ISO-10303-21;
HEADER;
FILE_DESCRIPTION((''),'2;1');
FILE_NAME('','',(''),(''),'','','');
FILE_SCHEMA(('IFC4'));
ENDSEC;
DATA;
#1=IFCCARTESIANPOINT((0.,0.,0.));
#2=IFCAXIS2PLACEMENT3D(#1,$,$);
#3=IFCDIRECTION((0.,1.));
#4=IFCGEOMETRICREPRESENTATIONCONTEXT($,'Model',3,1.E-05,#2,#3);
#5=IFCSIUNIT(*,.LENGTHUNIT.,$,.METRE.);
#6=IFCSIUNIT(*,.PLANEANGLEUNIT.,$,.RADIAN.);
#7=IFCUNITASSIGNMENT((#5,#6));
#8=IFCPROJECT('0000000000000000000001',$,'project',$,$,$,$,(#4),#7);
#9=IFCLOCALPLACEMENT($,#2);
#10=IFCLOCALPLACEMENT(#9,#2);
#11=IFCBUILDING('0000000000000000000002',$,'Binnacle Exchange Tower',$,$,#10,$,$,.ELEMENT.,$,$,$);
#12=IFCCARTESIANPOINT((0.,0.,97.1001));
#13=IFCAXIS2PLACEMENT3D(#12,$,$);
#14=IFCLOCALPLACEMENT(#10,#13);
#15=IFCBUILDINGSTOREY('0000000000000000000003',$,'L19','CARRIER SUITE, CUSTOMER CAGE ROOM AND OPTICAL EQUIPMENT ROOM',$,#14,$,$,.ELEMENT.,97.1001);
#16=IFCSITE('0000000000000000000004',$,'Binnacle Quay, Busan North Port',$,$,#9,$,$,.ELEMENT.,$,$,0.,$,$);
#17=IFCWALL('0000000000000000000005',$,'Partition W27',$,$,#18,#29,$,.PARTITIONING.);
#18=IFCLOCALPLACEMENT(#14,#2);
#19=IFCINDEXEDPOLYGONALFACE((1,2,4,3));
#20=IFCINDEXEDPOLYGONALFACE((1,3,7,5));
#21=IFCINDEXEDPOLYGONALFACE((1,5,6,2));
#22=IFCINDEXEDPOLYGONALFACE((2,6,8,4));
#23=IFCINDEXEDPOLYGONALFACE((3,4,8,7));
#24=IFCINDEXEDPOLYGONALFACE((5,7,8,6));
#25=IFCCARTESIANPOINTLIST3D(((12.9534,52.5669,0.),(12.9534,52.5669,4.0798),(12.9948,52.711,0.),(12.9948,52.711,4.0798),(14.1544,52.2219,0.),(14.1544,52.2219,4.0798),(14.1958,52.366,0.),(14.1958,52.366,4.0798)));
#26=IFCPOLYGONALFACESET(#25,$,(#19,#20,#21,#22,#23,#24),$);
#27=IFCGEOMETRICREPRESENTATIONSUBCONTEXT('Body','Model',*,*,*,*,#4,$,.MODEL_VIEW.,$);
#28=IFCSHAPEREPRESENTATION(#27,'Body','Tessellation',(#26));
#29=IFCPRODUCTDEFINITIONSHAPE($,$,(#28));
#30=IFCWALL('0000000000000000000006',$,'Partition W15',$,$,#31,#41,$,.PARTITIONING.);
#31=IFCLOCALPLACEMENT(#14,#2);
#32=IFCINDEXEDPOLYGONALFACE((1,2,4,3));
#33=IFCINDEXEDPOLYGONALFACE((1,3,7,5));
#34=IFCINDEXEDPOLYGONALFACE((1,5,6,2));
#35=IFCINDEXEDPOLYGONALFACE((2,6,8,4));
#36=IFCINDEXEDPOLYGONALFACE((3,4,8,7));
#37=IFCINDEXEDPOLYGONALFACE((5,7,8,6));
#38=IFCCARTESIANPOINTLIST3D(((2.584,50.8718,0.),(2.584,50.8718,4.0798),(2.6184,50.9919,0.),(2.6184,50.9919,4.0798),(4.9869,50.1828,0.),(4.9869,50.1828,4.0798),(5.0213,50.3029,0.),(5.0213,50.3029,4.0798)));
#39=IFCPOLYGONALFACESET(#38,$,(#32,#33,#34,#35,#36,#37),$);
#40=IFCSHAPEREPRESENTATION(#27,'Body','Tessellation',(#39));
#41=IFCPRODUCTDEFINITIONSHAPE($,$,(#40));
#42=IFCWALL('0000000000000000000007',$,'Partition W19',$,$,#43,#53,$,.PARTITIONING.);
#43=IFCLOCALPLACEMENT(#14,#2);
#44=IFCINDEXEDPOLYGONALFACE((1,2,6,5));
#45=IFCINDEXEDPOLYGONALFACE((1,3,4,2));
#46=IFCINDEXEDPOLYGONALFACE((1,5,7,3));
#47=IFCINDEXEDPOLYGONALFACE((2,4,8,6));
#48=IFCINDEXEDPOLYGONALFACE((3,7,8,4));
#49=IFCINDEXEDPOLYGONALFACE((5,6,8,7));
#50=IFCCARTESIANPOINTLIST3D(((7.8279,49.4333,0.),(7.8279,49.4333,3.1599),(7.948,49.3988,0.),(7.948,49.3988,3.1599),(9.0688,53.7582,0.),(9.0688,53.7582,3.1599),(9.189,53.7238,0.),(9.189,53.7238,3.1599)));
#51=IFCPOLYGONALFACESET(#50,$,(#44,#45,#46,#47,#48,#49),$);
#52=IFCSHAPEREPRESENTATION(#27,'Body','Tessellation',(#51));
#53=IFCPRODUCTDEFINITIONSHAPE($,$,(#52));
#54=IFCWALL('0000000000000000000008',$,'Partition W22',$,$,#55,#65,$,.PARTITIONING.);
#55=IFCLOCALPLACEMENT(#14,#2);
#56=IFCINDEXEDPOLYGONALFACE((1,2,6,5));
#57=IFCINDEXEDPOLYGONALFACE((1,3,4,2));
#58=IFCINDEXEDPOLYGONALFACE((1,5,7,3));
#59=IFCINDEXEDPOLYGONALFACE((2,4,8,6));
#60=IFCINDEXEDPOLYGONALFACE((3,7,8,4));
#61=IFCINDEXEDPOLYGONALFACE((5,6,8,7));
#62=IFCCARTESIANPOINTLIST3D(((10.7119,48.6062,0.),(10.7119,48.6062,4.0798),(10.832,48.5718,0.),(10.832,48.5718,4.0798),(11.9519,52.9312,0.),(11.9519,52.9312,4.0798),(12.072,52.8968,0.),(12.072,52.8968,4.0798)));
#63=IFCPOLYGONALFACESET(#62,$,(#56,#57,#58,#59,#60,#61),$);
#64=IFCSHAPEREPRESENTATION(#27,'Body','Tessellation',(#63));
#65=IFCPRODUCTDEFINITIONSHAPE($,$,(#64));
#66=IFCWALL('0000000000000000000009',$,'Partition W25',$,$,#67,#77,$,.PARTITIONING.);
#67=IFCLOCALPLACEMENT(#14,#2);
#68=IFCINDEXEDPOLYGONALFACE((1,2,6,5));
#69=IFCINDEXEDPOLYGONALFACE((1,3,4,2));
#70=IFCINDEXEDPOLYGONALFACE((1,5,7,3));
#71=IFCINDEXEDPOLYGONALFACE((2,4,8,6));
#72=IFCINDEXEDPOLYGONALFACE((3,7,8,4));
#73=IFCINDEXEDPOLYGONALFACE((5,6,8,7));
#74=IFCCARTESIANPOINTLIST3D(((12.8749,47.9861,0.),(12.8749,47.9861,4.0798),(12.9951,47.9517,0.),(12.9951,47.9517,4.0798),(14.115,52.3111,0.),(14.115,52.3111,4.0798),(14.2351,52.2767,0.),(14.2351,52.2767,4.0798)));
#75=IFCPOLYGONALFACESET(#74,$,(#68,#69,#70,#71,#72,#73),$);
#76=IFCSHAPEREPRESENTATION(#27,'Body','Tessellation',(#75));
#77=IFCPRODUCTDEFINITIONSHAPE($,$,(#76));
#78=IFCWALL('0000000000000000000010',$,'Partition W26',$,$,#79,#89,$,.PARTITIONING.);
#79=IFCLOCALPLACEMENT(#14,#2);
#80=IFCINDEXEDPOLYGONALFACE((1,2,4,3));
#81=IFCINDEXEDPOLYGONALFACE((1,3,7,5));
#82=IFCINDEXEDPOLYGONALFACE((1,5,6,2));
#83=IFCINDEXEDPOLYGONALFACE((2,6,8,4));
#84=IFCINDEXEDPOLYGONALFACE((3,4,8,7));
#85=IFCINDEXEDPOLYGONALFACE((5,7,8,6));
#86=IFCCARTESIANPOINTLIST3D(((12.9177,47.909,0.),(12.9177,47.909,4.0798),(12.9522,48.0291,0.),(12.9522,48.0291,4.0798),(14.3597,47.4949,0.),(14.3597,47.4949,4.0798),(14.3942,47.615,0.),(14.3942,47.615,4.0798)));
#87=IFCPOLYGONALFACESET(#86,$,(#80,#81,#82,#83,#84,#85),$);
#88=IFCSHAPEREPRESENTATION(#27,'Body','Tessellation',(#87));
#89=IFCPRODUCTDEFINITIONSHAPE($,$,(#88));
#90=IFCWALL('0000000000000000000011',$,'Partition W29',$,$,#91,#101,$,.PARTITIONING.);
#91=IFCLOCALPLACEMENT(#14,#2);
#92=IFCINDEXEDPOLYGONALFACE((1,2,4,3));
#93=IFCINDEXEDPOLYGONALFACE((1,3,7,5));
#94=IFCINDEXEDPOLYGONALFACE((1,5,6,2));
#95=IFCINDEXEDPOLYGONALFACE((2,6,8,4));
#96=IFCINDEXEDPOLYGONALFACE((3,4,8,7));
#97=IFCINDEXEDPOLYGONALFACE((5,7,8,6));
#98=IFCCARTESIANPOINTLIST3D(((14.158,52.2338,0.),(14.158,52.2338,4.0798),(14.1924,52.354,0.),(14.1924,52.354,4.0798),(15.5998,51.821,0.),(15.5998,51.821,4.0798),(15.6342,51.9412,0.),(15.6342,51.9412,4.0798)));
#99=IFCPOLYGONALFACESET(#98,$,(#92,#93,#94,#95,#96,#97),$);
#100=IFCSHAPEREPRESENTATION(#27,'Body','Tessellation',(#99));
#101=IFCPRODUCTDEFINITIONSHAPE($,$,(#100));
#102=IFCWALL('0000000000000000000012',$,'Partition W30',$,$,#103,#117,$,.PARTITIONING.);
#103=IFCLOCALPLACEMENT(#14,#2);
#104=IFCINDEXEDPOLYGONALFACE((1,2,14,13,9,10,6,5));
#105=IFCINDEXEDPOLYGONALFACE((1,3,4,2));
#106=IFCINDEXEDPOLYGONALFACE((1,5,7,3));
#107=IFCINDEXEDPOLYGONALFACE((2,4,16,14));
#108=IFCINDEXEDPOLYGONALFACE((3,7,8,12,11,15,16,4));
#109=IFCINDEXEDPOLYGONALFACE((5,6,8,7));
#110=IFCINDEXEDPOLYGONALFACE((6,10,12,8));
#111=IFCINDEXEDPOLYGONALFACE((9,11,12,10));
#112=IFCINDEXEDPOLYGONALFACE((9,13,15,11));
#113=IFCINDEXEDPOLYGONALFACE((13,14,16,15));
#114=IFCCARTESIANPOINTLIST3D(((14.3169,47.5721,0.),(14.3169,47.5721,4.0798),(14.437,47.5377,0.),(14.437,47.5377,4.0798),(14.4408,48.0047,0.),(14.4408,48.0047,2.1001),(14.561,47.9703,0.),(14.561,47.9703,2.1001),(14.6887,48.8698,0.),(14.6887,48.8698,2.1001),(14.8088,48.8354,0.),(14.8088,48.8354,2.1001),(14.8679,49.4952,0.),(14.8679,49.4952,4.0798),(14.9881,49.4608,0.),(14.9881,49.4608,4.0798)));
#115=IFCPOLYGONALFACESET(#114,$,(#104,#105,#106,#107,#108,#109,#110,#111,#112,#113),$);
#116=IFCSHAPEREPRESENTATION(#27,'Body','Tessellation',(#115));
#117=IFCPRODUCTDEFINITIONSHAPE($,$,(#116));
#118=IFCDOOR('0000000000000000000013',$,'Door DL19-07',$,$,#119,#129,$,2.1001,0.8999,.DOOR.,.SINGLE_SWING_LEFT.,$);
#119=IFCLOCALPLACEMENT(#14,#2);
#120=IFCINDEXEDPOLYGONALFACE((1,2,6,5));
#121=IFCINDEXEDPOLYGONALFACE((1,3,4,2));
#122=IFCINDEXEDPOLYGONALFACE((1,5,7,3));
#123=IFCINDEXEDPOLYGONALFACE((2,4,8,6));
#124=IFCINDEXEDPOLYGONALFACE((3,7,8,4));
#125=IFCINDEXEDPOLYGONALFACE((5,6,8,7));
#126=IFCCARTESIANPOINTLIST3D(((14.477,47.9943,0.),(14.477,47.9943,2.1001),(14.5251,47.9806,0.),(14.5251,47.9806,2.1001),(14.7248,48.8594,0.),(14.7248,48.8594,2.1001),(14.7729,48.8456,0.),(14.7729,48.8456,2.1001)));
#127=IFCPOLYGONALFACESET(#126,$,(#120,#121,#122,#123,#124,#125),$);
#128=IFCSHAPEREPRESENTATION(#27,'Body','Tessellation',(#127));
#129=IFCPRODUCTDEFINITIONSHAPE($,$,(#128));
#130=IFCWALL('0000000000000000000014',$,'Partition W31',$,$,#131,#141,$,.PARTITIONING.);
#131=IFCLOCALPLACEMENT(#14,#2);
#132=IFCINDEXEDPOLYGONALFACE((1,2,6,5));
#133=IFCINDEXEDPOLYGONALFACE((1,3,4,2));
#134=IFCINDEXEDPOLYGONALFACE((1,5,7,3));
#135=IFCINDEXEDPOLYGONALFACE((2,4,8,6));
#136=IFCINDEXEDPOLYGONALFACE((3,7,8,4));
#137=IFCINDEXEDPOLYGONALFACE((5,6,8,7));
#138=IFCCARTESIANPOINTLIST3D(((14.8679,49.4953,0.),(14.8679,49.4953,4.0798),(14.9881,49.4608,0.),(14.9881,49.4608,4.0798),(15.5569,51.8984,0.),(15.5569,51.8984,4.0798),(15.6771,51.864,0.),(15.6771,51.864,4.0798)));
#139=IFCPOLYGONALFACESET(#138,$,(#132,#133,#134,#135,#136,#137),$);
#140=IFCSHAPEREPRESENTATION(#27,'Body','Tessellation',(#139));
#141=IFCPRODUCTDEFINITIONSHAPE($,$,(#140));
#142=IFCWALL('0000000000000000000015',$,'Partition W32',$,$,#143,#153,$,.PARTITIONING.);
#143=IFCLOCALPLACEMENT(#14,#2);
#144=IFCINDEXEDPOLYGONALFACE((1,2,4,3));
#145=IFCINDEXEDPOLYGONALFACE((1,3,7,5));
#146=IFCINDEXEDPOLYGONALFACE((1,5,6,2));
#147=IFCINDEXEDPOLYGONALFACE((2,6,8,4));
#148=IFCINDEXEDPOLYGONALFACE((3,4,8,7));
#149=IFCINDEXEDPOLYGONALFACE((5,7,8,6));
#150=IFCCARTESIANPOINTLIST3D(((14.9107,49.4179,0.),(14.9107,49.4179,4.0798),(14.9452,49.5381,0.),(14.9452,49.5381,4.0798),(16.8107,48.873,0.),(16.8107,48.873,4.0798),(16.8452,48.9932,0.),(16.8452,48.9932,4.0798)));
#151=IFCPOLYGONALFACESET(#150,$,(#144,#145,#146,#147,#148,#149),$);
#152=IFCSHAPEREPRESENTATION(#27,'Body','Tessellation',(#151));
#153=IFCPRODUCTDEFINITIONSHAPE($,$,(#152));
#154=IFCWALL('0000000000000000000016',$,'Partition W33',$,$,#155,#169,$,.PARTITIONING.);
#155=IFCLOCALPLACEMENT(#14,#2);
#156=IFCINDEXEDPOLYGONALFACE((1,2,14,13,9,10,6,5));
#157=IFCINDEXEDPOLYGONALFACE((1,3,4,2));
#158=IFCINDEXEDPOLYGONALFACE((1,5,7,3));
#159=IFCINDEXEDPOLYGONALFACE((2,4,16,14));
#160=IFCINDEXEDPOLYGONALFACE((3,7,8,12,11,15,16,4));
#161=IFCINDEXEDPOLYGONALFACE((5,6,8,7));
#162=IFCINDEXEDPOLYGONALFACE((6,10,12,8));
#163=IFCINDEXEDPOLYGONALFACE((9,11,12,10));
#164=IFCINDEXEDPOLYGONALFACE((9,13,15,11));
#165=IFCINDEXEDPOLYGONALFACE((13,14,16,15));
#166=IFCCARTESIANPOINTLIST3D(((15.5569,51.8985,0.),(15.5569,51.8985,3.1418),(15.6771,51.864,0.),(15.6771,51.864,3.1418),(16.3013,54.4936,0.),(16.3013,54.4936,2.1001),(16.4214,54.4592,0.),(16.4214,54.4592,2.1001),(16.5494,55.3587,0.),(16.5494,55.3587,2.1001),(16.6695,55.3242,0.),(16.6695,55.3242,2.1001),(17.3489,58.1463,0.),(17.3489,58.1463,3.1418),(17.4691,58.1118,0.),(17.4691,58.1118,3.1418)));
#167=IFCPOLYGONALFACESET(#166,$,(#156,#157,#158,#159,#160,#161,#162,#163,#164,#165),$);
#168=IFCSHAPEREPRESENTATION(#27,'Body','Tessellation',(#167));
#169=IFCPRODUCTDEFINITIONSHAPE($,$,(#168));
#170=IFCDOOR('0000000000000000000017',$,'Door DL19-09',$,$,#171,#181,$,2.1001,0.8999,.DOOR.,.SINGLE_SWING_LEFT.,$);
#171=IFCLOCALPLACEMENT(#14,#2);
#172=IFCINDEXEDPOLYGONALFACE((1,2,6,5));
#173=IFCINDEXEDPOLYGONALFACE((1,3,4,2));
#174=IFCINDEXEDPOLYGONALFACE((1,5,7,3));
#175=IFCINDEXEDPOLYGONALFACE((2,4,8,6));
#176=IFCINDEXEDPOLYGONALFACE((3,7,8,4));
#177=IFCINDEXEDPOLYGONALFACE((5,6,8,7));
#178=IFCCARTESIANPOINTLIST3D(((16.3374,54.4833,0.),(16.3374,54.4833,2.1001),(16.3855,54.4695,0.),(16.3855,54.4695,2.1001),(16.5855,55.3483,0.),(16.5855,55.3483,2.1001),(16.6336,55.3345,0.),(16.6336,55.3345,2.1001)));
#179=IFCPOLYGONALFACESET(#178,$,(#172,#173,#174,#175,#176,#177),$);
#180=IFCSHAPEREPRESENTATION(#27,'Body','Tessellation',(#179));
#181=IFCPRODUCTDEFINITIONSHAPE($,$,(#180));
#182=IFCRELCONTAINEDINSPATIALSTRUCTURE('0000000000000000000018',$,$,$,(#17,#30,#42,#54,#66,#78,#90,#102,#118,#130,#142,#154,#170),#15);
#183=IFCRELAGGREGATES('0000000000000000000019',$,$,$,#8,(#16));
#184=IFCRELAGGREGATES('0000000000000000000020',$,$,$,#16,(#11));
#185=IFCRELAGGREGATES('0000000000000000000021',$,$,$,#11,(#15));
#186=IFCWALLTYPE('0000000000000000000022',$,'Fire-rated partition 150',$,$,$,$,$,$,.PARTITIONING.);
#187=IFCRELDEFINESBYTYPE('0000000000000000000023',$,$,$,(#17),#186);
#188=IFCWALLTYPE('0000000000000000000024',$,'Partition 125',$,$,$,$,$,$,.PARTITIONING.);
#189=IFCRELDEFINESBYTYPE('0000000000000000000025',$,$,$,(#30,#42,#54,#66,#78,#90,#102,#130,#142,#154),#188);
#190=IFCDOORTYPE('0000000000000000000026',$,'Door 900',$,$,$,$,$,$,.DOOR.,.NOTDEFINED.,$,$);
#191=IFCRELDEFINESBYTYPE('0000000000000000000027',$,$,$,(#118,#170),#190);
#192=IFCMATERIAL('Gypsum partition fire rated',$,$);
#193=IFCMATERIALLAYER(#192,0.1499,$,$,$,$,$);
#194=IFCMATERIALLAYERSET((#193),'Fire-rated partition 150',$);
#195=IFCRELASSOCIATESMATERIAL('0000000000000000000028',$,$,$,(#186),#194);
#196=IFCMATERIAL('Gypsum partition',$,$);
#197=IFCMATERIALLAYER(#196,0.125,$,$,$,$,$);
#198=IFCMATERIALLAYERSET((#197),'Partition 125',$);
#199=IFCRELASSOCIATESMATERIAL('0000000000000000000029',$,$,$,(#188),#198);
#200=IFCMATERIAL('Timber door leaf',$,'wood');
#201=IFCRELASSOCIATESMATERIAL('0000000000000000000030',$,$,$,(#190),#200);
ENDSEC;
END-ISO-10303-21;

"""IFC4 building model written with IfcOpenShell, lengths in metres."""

from ifc_helpers import new_model, si_unit, direction, frame, frame_2d, origin, place, context, subcontext, project, spatial, rectangle, extrude, material, layer, layer_set, type_object, element, fill, save


model = new_model("IFC4")

# Units and contexts
model_context = context("Model", 3, precision=1e-05, world=origin(), true_north=direction((0.0, 1.0)))
body_context = subcontext(model_context, "Body", "Model", "MODEL_VIEW")
ifc_project = project(units=[si_unit("LENGTHUNIT", "METRE"), si_unit("PLANEANGLEUNIT", "RADIAN")], contexts=[model_context])

# Site, building, storey
site_placement = place(None, origin())
site = spatial("IfcSite", under=ifc_project, at=site_placement, Name="Binnacle Quay, Busan North Port", CompositionType="ELEMENT", RefElevation=0.0)
building_placement = place(site_placement, origin())
building = spatial("IfcBuilding", under=site, at=building_placement, Name="Binnacle Exchange Tower", CompositionType="ELEMENT")
storey_placement = place(building_placement, frame((0.0, 0.0, 97.1001)))
storey = spatial("IfcBuildingStorey", under=building, at=storey_placement, Name="L19", Description="CARRIER SUITE, CUSTOMER CAGE ROOM AND OPTICAL EQUIPMENT ROOM", CompositionType="ELEMENT", Elevation=97.1001)

# Shared definitions
ifc_material_1 = material(Name="Gypsum partition fire rated")
ifc_layer_1 = layer(ifc_material_1, 0.1499)
ifc_layer_set_1 = layer_set([ifc_layer_1], Name="Fire-rated partition 150")
wall_type_1 = type_object("IfcWallType", Name="Fire-rated partition 150", PredefinedType="PARTITIONING", material=ifc_layer_set_1)

# Walls
wall_1_placement = place(storey_placement, frame((12.9741, 52.6389, 0.0), z_axis=(0.0, 0.0, 1.0), x_axis=(0.961132, -0.276089, 0.0)))
element("IfcWall", 1, at=wall_1_placement, inside=storey, type_object=wall_type_1, Name="Partition W27", PredefinedType="PARTITIONING", context=body_context, shape_type="SweptSolid", body=[
    extrude(rectangle(XDim=1.2495, YDim=0.1499, at=frame_2d((0.6248, 0.0))), origin(), (0.0, 0.0, 1.0), 4.0798),
])
ifc_material_2 = material(Name="Gypsum partition")
ifc_layer_2 = layer(ifc_material_2, 0.125)
ifc_layer_set_2 = layer_set([ifc_layer_2], Name="Partition 125")
wall_type_2 = type_object("IfcWallType", Name="Partition 125", PredefinedType="PARTITIONING", material=ifc_layer_set_2)
wall_2_placement = place(storey_placement, frame((2.6011, 50.9319, 0.0), z_axis=(0.0, 0.0, 1.0), x_axis=(0.961266, -0.275624, 0.0)))
element("IfcWall", 2, at=wall_2_placement, inside=storey, type_object=wall_type_2, Name="Partition W15", PredefinedType="PARTITIONING", context=body_context, shape_type="SweptSolid", body=[
    extrude(rectangle(XDim=2.4998, YDim=0.125, at=frame_2d((1.25, 0.0))), origin(), (0.0, 0.0, 1.0), 4.0798),
])
wall_3_placement = place(storey_placement, frame((7.8879, 49.416, 0.0), z_axis=(0.0, 0.0, 1.0), x_axis=(0.275803, 0.961214, 0.0)))
element("IfcWall", 3, at=wall_3_placement, inside=storey, type_object=wall_type_2, Name="Partition W19", PredefinedType="PARTITIONING", context=body_context, shape_type="SweptSolid", body=[
    extrude(rectangle(XDim=4.4995, YDim=0.125, at=frame_2d((2.2498, 0.0))), origin(), (0.0, 0.0, 1.0), 3.1599),
])
for number, where, z_axis, x_axis, name in (
    (4, (10.772, 48.5891, 0.0), (0.0, 0.0, 1.0), (0.275603, 0.961272, 0.0), "Partition W22"),
    (5, (12.9351, 47.969, 0.0), (0.0, 0.0, 1.0), (0.275603, 0.961272, 0.0), "Partition W25"),
):
    element("IfcWall", number, at=place(storey_placement, frame(where, z_axis=z_axis, x_axis=x_axis)), inside=storey, type_object=wall_type_2, Name=name, PredefinedType="PARTITIONING", context=body_context, shape_type="SweptSolid", body=[
        extrude(rectangle(XDim=4.4993, YDim=0.125, at=frame_2d((2.2495, 0.0))), origin(), (0.0, 0.0, 1.0), 4.0798),
    ])
wall_4_placement = place(storey_placement, frame((12.9351, 47.969, 0.0), z_axis=(0.0, 0.0, 1.0), x_axis=(0.961155, -0.276011, 0.0)))
element("IfcWall", 6, at=wall_4_placement, inside=storey, type_object=wall_type_2, Name="Partition W26", PredefinedType="PARTITIONING", context=body_context, shape_type="SweptSolid", body=[
    extrude(rectangle(XDim=1.5002, YDim=0.125, at=frame_2d((0.75, 0.0))), origin(), (0.0, 0.0, 1.0), 4.0798),
])
wall_5_placement = place(storey_placement, frame((14.175, 52.2939, 0.0), z_axis=(0.0, 0.0, 1.0), x_axis=(0.96137, -0.275259, 0.0)))
element("IfcWall", 7, at=wall_5_placement, inside=storey, type_object=wall_type_2, Name="Partition W29", PredefinedType="PARTITIONING", context=body_context, shape_type="SweptSolid", body=[
    extrude(rectangle(XDim=1.4998, YDim=0.125, at=frame_2d((0.75, 0.0))), origin(), (0.0, 0.0, 1.0), 4.0798),
])

# Wall, opening, door
wall_6_placement = place(storey_placement, frame((14.377, 47.5549, 0.0), z_axis=(0.0, 0.0, 1.0), x_axis=(0.275446, 0.961316, 0.0)))
wall_6 = element("IfcWall", 8, at=wall_6_placement, inside=storey, type_object=wall_type_2, Name="Partition W30", PredefinedType="PARTITIONING", context=body_context, shape_type="SweptSolid", body=[
    extrude(rectangle(XDim=2.0005, YDim=0.125, at=frame_2d((1.0002, 0.0))), origin(), (0.0, 0.0, 1.0), 4.0798),
])
opening_1_placement = place(wall_6_placement, frame((0.45, 0.0, 0.0)))
opening_1 = element("IfcOpeningElement", 9, at=opening_1_placement, cuts=wall_6, PredefinedType="OPENING", context=body_context, shape_type="SweptSolid", body=[
    extrude(rectangle(XDim=0.8999, YDim=2.1001, at=frame_2d((0.45, 1.05))), frame((0.0, 0.0725, 0.0), z_axis=(0.0, -1.0, 0.0), x_axis=(1.0, 0.0, 0.0)), (0.0, 0.0, 1.0), 0.145),
])
ifc_material_3 = material(Name="Timber door leaf", Category="wood")
door_type_1 = type_object("IfcDoorType", Name="Door 900", OperationType="NOTDEFINED", PredefinedType="DOOR", material=ifc_material_3)
door_1_placement = place(opening_1_placement, origin())
door_1 = element("IfcDoor", 10, at=door_1_placement, inside=storey, type_object=door_type_1, Name="Door DL19-07", OperationType="SINGLE_SWING_LEFT", OverallHeight=2.1001, OverallWidth=0.8999, PredefinedType="DOOR", context=body_context, shape_type="SweptSolid", body=[
    extrude(rectangle(XDim=0.8999, YDim=2.1001, at=frame_2d((0.45, 1.05))), frame((0.0, 0.0249, 0.0), z_axis=(0.0, -1.0, 0.0), x_axis=(1.0, 0.0, 0.0)), (0.0, 0.0, 1.0), 0.05),
])
fill(opening_1, door_1)

# Walls
wall_7_placement = place(storey_placement, frame((14.928, 49.478, 0.0), z_axis=(0.0, 0.0, 1.0), x_axis=(0.275598, 0.961273, 0.0)))
element("IfcWall", 11, at=wall_7_placement, inside=storey, type_object=wall_type_2, Name="Partition W31", PredefinedType="PARTITIONING", context=body_context, shape_type="SweptSolid", body=[
    extrude(rectangle(XDim=2.5, YDim=0.125, at=frame_2d((1.25, 0.0))), origin(), (0.0, 0.0, 1.0), 4.0798),
])
wall_8_placement = place(storey_placement, frame((14.928, 49.478, 0.0), z_axis=(0.0, 0.0, 1.0), x_axis=(0.961244, -0.2757, 0.0)))
element("IfcWall", 12, at=wall_8_placement, inside=storey, type_object=wall_type_2, Name="Partition W32", PredefinedType="PARTITIONING", context=body_context, shape_type="SweptSolid", body=[
    extrude(rectangle(XDim=1.9766, YDim=0.125, at=frame_2d((0.9883, 0.0))), origin(), (0.0, 0.0, 1.0), 4.0798),
])

# Wall, opening, door
wall_9_placement = place(storey_placement, frame((15.6169, 51.8811, 0.0), z_axis=(0.0, 0.0, 1.0), x_axis=(0.275703, 0.961243, 0.0)))
wall_9 = element("IfcWall", 13, at=wall_9_placement, inside=storey, type_object=wall_type_2, Name="Partition W33", PredefinedType="PARTITIONING", context=body_context, shape_type="SweptSolid", body=[
    extrude(rectangle(XDim=6.4998, YDim=0.125, at=frame_2d((3.25, 0.0))), origin(), (0.0, 0.0, 1.0), 3.1418),
])
opening_2_placement = place(wall_9_placement, frame((2.7, 0.0, 0.0)))
opening_2 = element("IfcOpeningElement", 14, at=opening_2_placement, cuts=wall_9, PredefinedType="OPENING", context=body_context, shape_type="SweptSolid", body=[
    extrude(rectangle(XDim=0.8999, YDim=2.1001, at=frame_2d((0.45, 1.05))), frame((0.0, 0.0725, 0.0), z_axis=(0.0, -1.0, 0.0), x_axis=(1.0, 0.0, 0.0)), (0.0, 0.0, 1.0), 0.145),
])
door_2_placement = place(opening_2_placement, origin())
door_2 = element("IfcDoor", 15, at=door_2_placement, inside=storey, type_object=door_type_1, Name="Door DL19-09", OperationType="SINGLE_SWING_LEFT", OverallHeight=2.1001, OverallWidth=0.8999, PredefinedType="DOOR", context=body_context, shape_type="SweptSolid", body=[
    extrude(rectangle(XDim=0.8999, YDim=2.1001, at=frame_2d((0.45, 1.05))), frame((0.0, 0.0249, 0.0), z_axis=(0.0, -1.0, 0.0), x_axis=(1.0, 0.0, 0.0)), (0.0, 0.0, 1.0), 0.05),
])
fill(opening_2, door_2)

save(model, "model.ifc")
